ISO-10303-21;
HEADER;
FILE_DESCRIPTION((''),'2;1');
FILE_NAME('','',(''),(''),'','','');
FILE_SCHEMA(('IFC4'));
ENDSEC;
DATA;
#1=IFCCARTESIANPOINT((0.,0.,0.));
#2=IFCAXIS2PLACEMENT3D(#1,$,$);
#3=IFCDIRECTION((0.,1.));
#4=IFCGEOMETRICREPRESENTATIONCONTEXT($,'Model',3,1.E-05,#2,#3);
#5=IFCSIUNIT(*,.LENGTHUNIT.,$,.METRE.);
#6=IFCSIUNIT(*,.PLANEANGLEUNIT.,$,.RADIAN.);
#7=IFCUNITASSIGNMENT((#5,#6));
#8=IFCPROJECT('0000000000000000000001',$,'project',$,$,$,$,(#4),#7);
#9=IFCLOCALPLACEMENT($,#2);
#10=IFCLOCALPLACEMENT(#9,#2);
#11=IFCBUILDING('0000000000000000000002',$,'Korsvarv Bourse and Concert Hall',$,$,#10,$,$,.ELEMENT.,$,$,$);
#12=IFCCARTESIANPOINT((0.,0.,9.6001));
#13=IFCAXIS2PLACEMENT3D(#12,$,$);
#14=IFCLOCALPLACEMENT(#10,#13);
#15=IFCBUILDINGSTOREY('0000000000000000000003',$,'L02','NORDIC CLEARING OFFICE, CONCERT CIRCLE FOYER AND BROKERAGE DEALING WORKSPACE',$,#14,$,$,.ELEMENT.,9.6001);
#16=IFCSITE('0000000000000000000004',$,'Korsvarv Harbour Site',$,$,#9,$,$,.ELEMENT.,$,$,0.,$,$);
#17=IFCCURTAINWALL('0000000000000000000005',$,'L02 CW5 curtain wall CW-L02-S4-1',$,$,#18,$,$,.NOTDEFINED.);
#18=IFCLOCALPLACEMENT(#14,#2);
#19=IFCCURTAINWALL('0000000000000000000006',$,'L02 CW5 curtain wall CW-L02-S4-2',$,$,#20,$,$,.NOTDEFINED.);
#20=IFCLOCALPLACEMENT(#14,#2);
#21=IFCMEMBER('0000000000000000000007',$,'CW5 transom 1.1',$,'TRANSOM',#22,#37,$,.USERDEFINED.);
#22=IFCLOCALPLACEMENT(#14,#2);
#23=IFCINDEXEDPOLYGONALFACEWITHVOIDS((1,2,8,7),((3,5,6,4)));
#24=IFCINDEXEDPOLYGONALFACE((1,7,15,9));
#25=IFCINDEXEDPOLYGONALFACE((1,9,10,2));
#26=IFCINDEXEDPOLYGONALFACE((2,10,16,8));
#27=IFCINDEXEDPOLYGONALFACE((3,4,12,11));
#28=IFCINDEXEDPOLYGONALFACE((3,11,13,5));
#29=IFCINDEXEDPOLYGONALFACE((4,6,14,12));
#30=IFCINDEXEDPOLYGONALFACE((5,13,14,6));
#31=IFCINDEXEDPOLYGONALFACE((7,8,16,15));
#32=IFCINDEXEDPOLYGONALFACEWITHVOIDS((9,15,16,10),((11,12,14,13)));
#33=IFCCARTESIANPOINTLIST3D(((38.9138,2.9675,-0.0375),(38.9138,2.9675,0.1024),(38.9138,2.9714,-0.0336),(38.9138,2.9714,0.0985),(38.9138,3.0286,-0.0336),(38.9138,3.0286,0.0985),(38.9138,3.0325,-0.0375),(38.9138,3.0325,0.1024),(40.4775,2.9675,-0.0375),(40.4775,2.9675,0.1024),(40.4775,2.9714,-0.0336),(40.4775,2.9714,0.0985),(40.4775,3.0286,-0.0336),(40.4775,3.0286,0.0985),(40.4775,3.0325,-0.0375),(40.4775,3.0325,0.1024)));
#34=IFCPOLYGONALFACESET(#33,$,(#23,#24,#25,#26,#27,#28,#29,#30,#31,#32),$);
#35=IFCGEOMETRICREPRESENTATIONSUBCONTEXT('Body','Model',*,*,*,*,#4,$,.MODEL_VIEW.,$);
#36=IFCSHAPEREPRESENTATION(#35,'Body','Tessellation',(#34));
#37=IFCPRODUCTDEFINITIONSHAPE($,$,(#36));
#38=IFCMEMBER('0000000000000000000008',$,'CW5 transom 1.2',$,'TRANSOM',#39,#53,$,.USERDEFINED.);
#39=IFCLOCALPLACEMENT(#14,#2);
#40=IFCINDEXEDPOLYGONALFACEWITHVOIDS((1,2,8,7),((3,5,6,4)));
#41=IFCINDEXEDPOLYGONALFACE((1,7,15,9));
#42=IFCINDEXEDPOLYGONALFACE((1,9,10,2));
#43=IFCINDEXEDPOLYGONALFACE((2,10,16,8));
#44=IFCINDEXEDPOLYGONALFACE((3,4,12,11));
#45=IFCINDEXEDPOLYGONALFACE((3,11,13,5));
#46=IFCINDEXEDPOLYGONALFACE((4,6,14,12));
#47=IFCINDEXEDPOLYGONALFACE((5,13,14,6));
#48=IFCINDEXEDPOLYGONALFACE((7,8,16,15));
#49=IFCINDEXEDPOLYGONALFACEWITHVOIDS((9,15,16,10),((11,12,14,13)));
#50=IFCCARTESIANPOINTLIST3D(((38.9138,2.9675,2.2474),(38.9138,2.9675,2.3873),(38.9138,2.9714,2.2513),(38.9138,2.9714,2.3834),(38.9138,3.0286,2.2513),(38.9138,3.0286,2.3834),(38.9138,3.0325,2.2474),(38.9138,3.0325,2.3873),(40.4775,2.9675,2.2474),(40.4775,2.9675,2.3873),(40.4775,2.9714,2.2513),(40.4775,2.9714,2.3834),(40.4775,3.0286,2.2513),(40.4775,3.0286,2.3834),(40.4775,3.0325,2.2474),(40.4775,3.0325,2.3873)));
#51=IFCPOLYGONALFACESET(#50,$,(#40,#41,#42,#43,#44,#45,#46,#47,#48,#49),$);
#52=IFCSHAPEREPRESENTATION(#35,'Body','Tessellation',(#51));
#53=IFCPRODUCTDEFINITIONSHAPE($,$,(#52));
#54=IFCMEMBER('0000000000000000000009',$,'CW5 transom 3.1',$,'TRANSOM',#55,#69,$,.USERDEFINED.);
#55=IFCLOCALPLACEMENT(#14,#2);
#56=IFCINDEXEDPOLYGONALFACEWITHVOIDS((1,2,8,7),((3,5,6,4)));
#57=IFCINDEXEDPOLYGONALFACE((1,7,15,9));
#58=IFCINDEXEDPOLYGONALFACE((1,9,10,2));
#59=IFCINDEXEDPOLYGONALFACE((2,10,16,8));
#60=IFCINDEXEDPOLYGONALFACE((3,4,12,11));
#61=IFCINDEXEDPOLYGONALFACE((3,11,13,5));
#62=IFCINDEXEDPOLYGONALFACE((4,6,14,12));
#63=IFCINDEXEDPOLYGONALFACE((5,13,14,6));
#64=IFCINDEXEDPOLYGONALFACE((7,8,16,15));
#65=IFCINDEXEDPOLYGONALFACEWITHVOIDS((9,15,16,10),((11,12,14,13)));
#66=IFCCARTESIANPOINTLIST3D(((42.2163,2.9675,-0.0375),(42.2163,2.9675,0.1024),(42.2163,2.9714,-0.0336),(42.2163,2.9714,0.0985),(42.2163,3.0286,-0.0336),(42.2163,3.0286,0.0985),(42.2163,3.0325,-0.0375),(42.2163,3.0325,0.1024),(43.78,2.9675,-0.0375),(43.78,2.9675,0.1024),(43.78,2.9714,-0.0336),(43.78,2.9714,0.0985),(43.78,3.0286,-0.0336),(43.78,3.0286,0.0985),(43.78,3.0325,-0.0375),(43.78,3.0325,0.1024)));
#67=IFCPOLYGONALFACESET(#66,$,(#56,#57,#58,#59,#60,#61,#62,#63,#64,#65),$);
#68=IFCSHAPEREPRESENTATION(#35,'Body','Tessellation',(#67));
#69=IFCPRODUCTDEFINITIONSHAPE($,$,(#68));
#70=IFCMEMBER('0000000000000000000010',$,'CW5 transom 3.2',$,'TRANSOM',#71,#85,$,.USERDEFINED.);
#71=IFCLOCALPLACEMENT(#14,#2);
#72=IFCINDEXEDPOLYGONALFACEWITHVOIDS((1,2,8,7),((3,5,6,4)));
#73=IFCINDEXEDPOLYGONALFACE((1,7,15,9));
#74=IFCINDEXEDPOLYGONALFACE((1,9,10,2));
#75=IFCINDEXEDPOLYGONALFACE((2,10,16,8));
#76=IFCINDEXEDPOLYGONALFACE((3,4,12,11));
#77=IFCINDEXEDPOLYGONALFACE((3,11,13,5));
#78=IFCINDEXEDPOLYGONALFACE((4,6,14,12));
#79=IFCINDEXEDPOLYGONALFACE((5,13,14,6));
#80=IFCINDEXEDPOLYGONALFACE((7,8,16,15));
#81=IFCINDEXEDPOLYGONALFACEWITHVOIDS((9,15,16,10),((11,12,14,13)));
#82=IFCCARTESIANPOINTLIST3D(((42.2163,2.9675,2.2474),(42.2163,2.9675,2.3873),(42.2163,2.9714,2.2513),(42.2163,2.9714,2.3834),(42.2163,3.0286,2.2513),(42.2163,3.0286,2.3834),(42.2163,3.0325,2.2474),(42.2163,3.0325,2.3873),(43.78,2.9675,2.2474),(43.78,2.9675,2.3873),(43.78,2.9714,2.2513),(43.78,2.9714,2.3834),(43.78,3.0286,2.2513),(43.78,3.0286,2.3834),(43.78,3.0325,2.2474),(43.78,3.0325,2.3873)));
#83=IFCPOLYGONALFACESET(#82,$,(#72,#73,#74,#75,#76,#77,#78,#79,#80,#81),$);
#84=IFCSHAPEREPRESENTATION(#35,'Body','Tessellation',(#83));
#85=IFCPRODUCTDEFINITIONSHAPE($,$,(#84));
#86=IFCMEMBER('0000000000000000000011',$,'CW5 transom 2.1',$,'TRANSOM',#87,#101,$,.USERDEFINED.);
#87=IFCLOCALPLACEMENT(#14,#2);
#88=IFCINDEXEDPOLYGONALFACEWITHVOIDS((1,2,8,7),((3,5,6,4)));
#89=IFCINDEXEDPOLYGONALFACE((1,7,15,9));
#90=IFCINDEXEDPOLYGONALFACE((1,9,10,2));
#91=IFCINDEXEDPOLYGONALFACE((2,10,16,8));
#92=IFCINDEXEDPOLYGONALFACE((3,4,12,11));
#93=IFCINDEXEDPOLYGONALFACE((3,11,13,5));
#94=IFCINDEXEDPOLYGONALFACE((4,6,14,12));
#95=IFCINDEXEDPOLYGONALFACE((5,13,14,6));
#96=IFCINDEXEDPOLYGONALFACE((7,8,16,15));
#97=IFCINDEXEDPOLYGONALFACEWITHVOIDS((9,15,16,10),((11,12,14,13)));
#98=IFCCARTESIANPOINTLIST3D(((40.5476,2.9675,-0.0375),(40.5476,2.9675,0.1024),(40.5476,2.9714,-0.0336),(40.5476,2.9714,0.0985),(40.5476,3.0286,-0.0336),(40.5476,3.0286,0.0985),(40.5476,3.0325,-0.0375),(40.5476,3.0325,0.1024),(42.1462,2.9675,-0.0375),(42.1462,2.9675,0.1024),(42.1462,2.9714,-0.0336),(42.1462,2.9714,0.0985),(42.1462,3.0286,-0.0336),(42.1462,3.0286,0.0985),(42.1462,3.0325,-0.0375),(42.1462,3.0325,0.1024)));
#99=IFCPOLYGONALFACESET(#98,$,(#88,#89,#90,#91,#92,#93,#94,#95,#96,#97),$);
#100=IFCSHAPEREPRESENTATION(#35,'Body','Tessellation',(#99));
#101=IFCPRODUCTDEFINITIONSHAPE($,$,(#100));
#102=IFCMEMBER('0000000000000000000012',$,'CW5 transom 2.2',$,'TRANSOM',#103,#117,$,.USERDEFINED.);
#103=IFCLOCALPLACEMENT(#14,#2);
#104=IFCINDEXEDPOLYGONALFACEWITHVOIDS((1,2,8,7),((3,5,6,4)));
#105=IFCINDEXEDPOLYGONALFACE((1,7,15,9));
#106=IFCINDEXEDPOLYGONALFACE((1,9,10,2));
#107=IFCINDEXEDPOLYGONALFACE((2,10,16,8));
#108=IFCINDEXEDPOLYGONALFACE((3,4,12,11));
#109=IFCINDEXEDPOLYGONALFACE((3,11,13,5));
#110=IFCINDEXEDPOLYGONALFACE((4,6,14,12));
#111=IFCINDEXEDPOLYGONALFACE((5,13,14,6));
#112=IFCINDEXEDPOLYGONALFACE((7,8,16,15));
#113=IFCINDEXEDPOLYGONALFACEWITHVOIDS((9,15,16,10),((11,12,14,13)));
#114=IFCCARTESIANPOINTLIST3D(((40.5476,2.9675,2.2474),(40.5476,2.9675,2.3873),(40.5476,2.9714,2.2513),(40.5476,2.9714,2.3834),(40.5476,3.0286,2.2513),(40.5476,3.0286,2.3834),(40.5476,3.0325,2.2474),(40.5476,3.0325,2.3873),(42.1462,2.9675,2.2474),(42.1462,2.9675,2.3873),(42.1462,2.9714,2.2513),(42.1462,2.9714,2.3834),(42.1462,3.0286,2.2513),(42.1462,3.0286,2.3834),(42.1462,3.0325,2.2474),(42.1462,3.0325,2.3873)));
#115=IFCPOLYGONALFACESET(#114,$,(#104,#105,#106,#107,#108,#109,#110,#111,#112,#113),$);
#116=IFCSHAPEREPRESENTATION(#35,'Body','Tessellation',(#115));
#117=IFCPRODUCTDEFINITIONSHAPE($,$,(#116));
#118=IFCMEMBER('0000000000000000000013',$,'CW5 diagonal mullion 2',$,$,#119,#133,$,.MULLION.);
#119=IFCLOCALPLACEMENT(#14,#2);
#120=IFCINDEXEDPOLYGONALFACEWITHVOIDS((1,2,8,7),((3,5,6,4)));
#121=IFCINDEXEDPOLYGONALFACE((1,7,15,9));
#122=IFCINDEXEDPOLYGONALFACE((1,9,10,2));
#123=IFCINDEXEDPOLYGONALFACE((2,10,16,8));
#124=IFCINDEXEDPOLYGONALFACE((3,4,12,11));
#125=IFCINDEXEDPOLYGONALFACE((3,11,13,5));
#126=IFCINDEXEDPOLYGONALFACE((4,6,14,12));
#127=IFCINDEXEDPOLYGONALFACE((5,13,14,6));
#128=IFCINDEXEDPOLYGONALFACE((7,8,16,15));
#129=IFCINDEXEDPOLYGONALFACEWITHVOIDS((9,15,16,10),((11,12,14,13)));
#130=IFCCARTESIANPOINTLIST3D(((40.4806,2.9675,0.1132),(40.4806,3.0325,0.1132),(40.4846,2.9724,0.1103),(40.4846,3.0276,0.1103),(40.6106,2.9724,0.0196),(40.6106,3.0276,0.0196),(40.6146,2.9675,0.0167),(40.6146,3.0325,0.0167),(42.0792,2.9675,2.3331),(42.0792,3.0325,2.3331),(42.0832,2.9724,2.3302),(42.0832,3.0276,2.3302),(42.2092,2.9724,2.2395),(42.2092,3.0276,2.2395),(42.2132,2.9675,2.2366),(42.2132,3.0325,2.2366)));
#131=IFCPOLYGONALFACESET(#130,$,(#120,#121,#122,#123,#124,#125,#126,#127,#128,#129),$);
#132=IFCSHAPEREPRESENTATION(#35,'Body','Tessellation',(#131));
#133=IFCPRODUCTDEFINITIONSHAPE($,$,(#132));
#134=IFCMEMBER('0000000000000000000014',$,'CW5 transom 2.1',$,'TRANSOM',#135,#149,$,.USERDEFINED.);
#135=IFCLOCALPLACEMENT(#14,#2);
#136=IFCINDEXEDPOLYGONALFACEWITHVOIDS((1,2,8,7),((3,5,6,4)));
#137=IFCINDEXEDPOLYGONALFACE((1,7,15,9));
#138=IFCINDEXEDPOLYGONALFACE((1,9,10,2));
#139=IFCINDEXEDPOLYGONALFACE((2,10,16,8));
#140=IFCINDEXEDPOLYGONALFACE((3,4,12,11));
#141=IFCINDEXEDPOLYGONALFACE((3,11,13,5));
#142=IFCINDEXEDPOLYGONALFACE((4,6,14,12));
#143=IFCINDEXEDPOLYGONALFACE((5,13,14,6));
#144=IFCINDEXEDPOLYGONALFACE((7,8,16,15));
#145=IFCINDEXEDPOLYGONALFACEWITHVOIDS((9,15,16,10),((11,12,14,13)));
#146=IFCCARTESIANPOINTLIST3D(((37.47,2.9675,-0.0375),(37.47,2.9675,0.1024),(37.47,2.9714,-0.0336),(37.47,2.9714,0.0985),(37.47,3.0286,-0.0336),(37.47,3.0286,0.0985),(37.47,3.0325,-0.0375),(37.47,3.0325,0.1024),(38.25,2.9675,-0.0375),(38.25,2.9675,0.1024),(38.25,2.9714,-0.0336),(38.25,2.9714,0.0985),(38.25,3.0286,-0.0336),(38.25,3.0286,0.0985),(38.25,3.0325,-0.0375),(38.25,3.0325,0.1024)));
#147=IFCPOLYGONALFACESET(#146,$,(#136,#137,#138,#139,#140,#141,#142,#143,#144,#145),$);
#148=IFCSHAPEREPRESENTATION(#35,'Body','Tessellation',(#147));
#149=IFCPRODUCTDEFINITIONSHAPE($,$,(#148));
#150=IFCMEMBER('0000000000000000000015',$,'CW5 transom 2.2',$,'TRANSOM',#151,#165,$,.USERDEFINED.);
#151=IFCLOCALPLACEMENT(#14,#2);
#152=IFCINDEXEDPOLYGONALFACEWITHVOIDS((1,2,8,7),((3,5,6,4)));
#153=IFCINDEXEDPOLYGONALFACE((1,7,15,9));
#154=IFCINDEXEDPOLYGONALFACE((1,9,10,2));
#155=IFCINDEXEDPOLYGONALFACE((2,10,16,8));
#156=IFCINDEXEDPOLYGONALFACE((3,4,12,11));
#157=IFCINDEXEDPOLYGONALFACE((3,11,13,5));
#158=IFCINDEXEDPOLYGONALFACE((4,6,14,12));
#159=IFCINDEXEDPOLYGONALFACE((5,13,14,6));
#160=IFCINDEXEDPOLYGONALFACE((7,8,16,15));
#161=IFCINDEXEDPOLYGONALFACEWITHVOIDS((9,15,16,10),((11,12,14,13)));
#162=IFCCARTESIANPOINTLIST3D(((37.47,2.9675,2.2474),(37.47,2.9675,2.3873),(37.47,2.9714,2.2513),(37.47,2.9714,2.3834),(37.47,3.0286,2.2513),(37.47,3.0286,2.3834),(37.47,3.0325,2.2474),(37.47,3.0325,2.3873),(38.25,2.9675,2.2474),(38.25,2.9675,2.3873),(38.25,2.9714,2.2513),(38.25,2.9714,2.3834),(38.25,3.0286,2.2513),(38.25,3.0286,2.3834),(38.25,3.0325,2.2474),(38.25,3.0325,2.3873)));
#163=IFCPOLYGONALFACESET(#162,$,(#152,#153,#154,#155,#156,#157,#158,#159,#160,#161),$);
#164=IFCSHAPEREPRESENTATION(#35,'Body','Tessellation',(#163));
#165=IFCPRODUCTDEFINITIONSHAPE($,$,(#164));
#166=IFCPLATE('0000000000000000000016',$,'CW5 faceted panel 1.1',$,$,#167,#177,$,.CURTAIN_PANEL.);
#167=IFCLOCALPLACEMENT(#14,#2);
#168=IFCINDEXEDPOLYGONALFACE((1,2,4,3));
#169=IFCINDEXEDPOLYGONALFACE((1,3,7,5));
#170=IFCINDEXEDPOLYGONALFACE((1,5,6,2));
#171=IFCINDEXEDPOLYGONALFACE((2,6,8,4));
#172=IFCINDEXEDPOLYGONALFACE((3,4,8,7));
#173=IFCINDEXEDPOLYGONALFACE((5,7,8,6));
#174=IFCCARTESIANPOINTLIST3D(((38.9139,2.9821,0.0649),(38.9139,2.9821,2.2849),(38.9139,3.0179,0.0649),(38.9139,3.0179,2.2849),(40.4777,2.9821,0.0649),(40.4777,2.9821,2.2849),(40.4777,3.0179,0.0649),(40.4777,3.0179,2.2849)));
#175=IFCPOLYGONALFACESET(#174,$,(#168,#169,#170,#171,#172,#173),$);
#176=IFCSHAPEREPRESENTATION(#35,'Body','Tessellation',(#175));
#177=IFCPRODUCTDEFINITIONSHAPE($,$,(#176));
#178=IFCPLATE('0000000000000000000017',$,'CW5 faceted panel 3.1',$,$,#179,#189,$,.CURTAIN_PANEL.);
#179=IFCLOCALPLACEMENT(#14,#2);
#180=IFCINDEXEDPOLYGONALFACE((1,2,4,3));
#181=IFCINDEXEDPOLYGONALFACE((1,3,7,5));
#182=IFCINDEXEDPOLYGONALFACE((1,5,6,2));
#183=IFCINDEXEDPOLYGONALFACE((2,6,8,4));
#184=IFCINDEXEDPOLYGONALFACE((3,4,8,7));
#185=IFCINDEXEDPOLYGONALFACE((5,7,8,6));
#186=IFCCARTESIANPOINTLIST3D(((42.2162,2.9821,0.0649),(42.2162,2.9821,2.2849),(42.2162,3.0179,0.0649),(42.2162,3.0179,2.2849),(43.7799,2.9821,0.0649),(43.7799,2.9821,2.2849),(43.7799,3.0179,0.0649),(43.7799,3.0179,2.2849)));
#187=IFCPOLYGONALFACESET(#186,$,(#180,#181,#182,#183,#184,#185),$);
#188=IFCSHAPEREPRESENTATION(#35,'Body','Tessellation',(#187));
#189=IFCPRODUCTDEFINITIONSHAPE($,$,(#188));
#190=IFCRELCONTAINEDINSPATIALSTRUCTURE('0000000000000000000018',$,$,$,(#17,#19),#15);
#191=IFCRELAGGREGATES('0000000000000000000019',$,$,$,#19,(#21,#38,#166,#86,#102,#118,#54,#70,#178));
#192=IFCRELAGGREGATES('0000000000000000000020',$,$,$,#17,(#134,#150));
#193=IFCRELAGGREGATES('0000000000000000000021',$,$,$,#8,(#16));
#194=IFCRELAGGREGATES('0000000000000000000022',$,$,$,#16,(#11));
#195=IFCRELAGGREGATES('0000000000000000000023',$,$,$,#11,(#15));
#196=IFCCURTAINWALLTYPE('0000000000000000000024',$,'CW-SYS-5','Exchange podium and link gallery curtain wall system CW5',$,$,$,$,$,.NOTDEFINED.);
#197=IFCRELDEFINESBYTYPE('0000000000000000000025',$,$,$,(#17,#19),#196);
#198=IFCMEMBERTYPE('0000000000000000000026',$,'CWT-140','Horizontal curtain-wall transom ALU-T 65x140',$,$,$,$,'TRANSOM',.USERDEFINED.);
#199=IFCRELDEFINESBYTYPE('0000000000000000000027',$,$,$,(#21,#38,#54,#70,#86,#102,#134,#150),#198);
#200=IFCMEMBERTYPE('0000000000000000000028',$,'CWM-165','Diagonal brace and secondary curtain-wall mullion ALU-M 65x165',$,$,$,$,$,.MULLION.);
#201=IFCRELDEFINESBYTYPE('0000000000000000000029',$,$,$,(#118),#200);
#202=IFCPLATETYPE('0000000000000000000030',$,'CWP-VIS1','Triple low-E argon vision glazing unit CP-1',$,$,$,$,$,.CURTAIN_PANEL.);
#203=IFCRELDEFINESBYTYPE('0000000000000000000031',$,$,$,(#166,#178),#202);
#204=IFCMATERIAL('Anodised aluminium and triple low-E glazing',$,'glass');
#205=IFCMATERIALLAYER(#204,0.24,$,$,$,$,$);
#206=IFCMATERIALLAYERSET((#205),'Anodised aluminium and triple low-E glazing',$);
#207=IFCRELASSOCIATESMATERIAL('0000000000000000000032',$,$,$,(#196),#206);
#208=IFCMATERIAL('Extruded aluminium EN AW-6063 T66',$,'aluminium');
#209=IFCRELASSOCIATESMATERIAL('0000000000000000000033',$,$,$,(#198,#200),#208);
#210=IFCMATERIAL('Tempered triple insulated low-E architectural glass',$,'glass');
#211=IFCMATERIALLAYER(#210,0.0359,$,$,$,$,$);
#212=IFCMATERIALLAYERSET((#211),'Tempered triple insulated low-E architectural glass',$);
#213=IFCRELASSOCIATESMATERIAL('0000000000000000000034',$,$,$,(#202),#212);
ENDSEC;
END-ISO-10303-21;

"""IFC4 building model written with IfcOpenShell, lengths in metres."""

from ifc_helpers import new_model, si_unit, direction, frame, origin, origin_2d, place, context, subcontext, project, spatial, rectangle, hollow_rectangle, extrude, source, transform, mapped, material, layer, layer_set, material_profile, profile_set, type_object, element, aggregate, save


model = new_model("IFC4")

# Units and contexts
model_context = context("Model", 3, precision=1e-05, world=origin(), true_north=direction((0.0, 1.0)))
body_context = subcontext(model_context, "Body", "Model", "MODEL_VIEW")
ifc_project = project(units=[si_unit("LENGTHUNIT", "METRE"), si_unit("PLANEANGLEUNIT", "RADIAN")], contexts=[model_context])

# Site, building, storey
site_placement = place(None, origin())
site = spatial("IfcSite", under=ifc_project, at=site_placement, Name="Korsvarv Harbour Site", CompositionType="ELEMENT", RefElevation=0.0)
building_placement = place(site_placement, origin())
building = spatial("IfcBuilding", under=site, at=building_placement, Name="Korsvarv Bourse and Concert Hall", CompositionType="ELEMENT")
storey_placement = place(building_placement, frame((0.0, 0.0, 9.6001)))
storey = spatial("IfcBuildingStorey", under=building, at=storey_placement, Name="L02", Description="NORDIC CLEARING OFFICE, CONCERT CIRCLE FOYER AND BROKERAGE DEALING WORKSPACE", CompositionType="ELEMENT", Elevation=9.6001)

# Curtain walls, members
ifc_material_1 = material(Name="Anodised aluminium and triple low-E glazing", Category="glass")
ifc_layer_1 = layer(ifc_material_1, 0.24)
ifc_layer_set_1 = layer_set([ifc_layer_1], Name="Anodised aluminium and triple low-E glazing")
curtain_wall_type = type_object("IfcCurtainWallType", Name="CW-SYS-5", Description="Exchange podium and link gallery curtain wall system CW5", PredefinedType="NOTDEFINED", material=ifc_layer_set_1)
curtain_wall_1_placement = place(storey_placement, origin())
curtain_wall_1 = element("IfcCurtainWall", 1, at=curtain_wall_1_placement, inside=storey, type_object=curtain_wall_type, Name="L02 CW5 curtain wall CW-L02-S4-1", PredefinedType="NOTDEFINED")
ifc_material_2 = material(Name="Extruded aluminium EN AW-6063 T66", Category="aluminium")
curtain_wall_2_placement = place(storey_placement, origin())
curtain_wall_2 = element("IfcCurtainWall", 2, at=curtain_wall_2_placement, inside=storey, type_object=curtain_wall_type, Name="L02 CW5 curtain wall CW-L02-S4-2", PredefinedType="NOTDEFINED")
ifc_material_profile_1 = material_profile(ifc_material_2, hollow_rectangle(XDim=0.0649, YDim=0.1399, WallThickness=0.0039, at=origin_2d()), Name="ALU-T 65x140")
ifc_profile_set_1 = profile_set([ifc_material_profile_1], Name="Extruded aluminium EN AW-6063 T66")
member_type_1 = type_object("IfcMemberType", Name="CWT-140", Description="Horizontal curtain-wall transom ALU-T 65x140", ElementType="TRANSOM", PredefinedType="USERDEFINED", material=ifc_profile_set_1)
shared_shape_1 = source(origin(), body_context, "Body", "SweptSolid", [
    extrude(hollow_rectangle(XDim=0.0649, YDim=0.1399, WallThickness=0.0039, at=origin_2d()), origin(), (0.0, 0.0, 1.0), 1.5637),
])
member_1_placement = place(storey_placement, frame((38.9138, 3.0, 0.0325), z_axis=(1.0, 0.0, 0.0), x_axis=(0.0, 1.0, 0.0)))
member_1 = element("IfcMember", 3, at=member_1_placement, type_object=member_type_1, Name="CW5 transom 1.1", ObjectType="TRANSOM", PredefinedType="USERDEFINED", context=body_context, shape_type="MappedRepresentation", body=[
    mapped(shared_shape_1, transform((0.0, 0.0, 0.0), scale=1.0)),
])
member_2_placement = place(storey_placement, frame((38.9138, 3.0, 2.3174), z_axis=(1.0, 0.0, 0.0), x_axis=(0.0, 1.0, 0.0)))
member_2 = element("IfcMember", 4, at=member_2_placement, type_object=member_type_1, Name="CW5 transom 1.2", ObjectType="TRANSOM", PredefinedType="USERDEFINED", context=body_context, shape_type="MappedRepresentation", body=[
    mapped(shared_shape_1, transform((0.0, 0.0, 0.0), scale=1.0)),
])
member_3_placement = place(storey_placement, frame((42.2163, 3.0, 0.0325), z_axis=(1.0, 0.0, 0.0), x_axis=(0.0, 1.0, 0.0)))
member_3 = element("IfcMember", 5, at=member_3_placement, type_object=member_type_1, Name="CW5 transom 3.1", ObjectType="TRANSOM", PredefinedType="USERDEFINED", context=body_context, shape_type="MappedRepresentation", body=[
    mapped(shared_shape_1, transform((0.0, 0.0, 0.0), scale=1.0)),
])
member_4_placement = place(storey_placement, frame((42.2163, 3.0, 2.3174), z_axis=(1.0, 0.0, 0.0), x_axis=(0.0, 1.0, 0.0)))
member_4 = element("IfcMember", 6, at=member_4_placement, type_object=member_type_1, Name="CW5 transom 3.2", ObjectType="TRANSOM", PredefinedType="USERDEFINED", context=body_context, shape_type="MappedRepresentation", body=[
    mapped(shared_shape_1, transform((0.0, 0.0, 0.0), scale=1.0)),
])
shared_shape_2 = source(origin(), body_context, "Body", "SweptSolid", [
    extrude(hollow_rectangle(XDim=0.0649, YDim=0.1399, WallThickness=0.0039, at=origin_2d()), origin(), (0.0, 0.0, 1.0), 1.5986),
])
member_5_placement = place(storey_placement, frame((40.5476, 3.0, 0.0325), z_axis=(1.0, 0.0, 0.0), x_axis=(0.0, 1.0, 0.0)))
member_5 = element("IfcMember", 7, at=member_5_placement, type_object=member_type_1, Name="CW5 transom 2.1", ObjectType="TRANSOM", PredefinedType="USERDEFINED", context=body_context, shape_type="MappedRepresentation", body=[
    mapped(shared_shape_2, transform((0.0, 0.0, 0.0), scale=1.0)),
])
member_6_placement = place(storey_placement, frame((40.5476, 3.0, 2.3174), z_axis=(1.0, 0.0, 0.0), x_axis=(0.0, 1.0, 0.0)))
member_6 = element("IfcMember", 8, at=member_6_placement, type_object=member_type_1, Name="CW5 transom 2.2", ObjectType="TRANSOM", PredefinedType="USERDEFINED", context=body_context, shape_type="MappedRepresentation", body=[
    mapped(shared_shape_2, transform((0.0, 0.0, 0.0), scale=1.0)),
])
ifc_material_profile_2 = material_profile(ifc_material_2, hollow_rectangle(XDim=0.0649, YDim=0.165, WallThickness=0.0049, at=origin_2d()), Name="ALU-M 65x165")
ifc_profile_set_2 = profile_set([ifc_material_profile_2], Name="Extruded aluminium EN AW-6063 T66")
member_type_2 = type_object("IfcMemberType", Name="CWM-165", Description="Diagonal brace and secondary curtain-wall mullion ALU-M 65x165", PredefinedType="MULLION", material=ifc_profile_set_2)
shared_shape_3 = source(origin(), body_context, "Body", "SweptSolid", [
    extrude(hollow_rectangle(XDim=0.0649, YDim=0.165, WallThickness=0.0049, at=origin_2d()), origin(), (0.0, 0.0, 1.0), 2.7356),
])
member_7_placement = place(storey_placement, frame((40.5476, 3.0, 0.0649), z_axis=(0.584366, 0.0, 0.81149), x_axis=(0.0, 1.0, 0.0)))
member_7 = element("IfcMember", 9, at=member_7_placement, type_object=member_type_2, Name="CW5 diagonal mullion 2", PredefinedType="MULLION", context=body_context, shape_type="MappedRepresentation", body=[
    mapped(shared_shape_3, transform((0.0, 0.0, 0.0), scale=1.0)),
])

# Members
shared_shape_4 = source(origin(), body_context, "Body", "SweptSolid", [
    extrude(hollow_rectangle(XDim=0.0649, YDim=0.1399, WallThickness=0.0039, at=origin_2d()), origin(), (0.0, 0.0, 1.0), 0.78),
])
member_8_placement = place(storey_placement, frame((37.47, 3.0, 0.0325), z_axis=(1.0, 0.0, 0.0), x_axis=(0.0, 1.0, 0.0)))
member_8 = element("IfcMember", 10, at=member_8_placement, type_object=member_type_1, Name="CW5 transom 2.1", ObjectType="TRANSOM", PredefinedType="USERDEFINED", context=body_context, shape_type="MappedRepresentation", body=[
    mapped(shared_shape_4, transform((0.0, 0.0, 0.0), scale=1.0)),
])
member_9_placement = place(storey_placement, frame((37.47, 3.0, 2.3174), z_axis=(1.0, 0.0, 0.0), x_axis=(0.0, 1.0, 0.0)))
member_9 = element("IfcMember", 11, at=member_9_placement, type_object=member_type_1, Name="CW5 transom 2.2", ObjectType="TRANSOM", PredefinedType="USERDEFINED", context=body_context, shape_type="MappedRepresentation", body=[
    mapped(shared_shape_4, transform((0.0, 0.0, 0.0), scale=1.0)),
])

# Plates
ifc_material_3 = material(Name="Tempered triple insulated low-E architectural glass", Category="glass")
ifc_layer_2 = layer(ifc_material_3, 0.0359)
ifc_layer_set_2 = layer_set([ifc_layer_2], Name="Tempered triple insulated low-E architectural glass")
plate_type_1 = type_object("IfcPlateType", Name="CWP-VIS1", Description="Triple low-E argon vision glazing unit CP-1", PredefinedType="CURTAIN_PANEL", material=ifc_layer_set_2)
shared_shape_5 = source(origin(), body_context, "Body", "SweptSolid", [
    extrude(rectangle(XDim=1.5637, YDim=0.0359, at=origin_2d()), origin(), (0.0, 0.0, 1.0), 2.22),
])
plate_1_placement = place(storey_placement, frame((39.6958, 3.0, 0.0649), z_axis=(0.0, 0.0, 1.0), x_axis=(1.0, 0.0, 0.0)))
plate_1 = element("IfcPlate", 12, at=plate_1_placement, type_object=plate_type_1, Name="CW5 faceted panel 1.1", PredefinedType="CURTAIN_PANEL", context=body_context, shape_type="MappedRepresentation", body=[
    mapped(shared_shape_5, transform((0.0, 0.0, 0.0), scale=1.0)),
])
plate_2_placement = place(storey_placement, frame((42.998, 3.0, 0.0649), z_axis=(0.0, 0.0, 1.0), x_axis=(1.0, 0.0, 0.0)))
plate_2 = element("IfcPlate", 13, at=plate_2_placement, type_object=plate_type_1, Name="CW5 faceted panel 3.1", PredefinedType="CURTAIN_PANEL", context=body_context, shape_type="MappedRepresentation", body=[
    mapped(shared_shape_5, transform((0.0, 0.0, 0.0), scale=1.0)),
])
aggregate(curtain_wall_2, [member_1, member_2, plate_1, member_5, member_6, member_7, member_3, member_4, plate_2])
aggregate(curtain_wall_1, [member_8, member_9])

save(model, "model.ifc")
